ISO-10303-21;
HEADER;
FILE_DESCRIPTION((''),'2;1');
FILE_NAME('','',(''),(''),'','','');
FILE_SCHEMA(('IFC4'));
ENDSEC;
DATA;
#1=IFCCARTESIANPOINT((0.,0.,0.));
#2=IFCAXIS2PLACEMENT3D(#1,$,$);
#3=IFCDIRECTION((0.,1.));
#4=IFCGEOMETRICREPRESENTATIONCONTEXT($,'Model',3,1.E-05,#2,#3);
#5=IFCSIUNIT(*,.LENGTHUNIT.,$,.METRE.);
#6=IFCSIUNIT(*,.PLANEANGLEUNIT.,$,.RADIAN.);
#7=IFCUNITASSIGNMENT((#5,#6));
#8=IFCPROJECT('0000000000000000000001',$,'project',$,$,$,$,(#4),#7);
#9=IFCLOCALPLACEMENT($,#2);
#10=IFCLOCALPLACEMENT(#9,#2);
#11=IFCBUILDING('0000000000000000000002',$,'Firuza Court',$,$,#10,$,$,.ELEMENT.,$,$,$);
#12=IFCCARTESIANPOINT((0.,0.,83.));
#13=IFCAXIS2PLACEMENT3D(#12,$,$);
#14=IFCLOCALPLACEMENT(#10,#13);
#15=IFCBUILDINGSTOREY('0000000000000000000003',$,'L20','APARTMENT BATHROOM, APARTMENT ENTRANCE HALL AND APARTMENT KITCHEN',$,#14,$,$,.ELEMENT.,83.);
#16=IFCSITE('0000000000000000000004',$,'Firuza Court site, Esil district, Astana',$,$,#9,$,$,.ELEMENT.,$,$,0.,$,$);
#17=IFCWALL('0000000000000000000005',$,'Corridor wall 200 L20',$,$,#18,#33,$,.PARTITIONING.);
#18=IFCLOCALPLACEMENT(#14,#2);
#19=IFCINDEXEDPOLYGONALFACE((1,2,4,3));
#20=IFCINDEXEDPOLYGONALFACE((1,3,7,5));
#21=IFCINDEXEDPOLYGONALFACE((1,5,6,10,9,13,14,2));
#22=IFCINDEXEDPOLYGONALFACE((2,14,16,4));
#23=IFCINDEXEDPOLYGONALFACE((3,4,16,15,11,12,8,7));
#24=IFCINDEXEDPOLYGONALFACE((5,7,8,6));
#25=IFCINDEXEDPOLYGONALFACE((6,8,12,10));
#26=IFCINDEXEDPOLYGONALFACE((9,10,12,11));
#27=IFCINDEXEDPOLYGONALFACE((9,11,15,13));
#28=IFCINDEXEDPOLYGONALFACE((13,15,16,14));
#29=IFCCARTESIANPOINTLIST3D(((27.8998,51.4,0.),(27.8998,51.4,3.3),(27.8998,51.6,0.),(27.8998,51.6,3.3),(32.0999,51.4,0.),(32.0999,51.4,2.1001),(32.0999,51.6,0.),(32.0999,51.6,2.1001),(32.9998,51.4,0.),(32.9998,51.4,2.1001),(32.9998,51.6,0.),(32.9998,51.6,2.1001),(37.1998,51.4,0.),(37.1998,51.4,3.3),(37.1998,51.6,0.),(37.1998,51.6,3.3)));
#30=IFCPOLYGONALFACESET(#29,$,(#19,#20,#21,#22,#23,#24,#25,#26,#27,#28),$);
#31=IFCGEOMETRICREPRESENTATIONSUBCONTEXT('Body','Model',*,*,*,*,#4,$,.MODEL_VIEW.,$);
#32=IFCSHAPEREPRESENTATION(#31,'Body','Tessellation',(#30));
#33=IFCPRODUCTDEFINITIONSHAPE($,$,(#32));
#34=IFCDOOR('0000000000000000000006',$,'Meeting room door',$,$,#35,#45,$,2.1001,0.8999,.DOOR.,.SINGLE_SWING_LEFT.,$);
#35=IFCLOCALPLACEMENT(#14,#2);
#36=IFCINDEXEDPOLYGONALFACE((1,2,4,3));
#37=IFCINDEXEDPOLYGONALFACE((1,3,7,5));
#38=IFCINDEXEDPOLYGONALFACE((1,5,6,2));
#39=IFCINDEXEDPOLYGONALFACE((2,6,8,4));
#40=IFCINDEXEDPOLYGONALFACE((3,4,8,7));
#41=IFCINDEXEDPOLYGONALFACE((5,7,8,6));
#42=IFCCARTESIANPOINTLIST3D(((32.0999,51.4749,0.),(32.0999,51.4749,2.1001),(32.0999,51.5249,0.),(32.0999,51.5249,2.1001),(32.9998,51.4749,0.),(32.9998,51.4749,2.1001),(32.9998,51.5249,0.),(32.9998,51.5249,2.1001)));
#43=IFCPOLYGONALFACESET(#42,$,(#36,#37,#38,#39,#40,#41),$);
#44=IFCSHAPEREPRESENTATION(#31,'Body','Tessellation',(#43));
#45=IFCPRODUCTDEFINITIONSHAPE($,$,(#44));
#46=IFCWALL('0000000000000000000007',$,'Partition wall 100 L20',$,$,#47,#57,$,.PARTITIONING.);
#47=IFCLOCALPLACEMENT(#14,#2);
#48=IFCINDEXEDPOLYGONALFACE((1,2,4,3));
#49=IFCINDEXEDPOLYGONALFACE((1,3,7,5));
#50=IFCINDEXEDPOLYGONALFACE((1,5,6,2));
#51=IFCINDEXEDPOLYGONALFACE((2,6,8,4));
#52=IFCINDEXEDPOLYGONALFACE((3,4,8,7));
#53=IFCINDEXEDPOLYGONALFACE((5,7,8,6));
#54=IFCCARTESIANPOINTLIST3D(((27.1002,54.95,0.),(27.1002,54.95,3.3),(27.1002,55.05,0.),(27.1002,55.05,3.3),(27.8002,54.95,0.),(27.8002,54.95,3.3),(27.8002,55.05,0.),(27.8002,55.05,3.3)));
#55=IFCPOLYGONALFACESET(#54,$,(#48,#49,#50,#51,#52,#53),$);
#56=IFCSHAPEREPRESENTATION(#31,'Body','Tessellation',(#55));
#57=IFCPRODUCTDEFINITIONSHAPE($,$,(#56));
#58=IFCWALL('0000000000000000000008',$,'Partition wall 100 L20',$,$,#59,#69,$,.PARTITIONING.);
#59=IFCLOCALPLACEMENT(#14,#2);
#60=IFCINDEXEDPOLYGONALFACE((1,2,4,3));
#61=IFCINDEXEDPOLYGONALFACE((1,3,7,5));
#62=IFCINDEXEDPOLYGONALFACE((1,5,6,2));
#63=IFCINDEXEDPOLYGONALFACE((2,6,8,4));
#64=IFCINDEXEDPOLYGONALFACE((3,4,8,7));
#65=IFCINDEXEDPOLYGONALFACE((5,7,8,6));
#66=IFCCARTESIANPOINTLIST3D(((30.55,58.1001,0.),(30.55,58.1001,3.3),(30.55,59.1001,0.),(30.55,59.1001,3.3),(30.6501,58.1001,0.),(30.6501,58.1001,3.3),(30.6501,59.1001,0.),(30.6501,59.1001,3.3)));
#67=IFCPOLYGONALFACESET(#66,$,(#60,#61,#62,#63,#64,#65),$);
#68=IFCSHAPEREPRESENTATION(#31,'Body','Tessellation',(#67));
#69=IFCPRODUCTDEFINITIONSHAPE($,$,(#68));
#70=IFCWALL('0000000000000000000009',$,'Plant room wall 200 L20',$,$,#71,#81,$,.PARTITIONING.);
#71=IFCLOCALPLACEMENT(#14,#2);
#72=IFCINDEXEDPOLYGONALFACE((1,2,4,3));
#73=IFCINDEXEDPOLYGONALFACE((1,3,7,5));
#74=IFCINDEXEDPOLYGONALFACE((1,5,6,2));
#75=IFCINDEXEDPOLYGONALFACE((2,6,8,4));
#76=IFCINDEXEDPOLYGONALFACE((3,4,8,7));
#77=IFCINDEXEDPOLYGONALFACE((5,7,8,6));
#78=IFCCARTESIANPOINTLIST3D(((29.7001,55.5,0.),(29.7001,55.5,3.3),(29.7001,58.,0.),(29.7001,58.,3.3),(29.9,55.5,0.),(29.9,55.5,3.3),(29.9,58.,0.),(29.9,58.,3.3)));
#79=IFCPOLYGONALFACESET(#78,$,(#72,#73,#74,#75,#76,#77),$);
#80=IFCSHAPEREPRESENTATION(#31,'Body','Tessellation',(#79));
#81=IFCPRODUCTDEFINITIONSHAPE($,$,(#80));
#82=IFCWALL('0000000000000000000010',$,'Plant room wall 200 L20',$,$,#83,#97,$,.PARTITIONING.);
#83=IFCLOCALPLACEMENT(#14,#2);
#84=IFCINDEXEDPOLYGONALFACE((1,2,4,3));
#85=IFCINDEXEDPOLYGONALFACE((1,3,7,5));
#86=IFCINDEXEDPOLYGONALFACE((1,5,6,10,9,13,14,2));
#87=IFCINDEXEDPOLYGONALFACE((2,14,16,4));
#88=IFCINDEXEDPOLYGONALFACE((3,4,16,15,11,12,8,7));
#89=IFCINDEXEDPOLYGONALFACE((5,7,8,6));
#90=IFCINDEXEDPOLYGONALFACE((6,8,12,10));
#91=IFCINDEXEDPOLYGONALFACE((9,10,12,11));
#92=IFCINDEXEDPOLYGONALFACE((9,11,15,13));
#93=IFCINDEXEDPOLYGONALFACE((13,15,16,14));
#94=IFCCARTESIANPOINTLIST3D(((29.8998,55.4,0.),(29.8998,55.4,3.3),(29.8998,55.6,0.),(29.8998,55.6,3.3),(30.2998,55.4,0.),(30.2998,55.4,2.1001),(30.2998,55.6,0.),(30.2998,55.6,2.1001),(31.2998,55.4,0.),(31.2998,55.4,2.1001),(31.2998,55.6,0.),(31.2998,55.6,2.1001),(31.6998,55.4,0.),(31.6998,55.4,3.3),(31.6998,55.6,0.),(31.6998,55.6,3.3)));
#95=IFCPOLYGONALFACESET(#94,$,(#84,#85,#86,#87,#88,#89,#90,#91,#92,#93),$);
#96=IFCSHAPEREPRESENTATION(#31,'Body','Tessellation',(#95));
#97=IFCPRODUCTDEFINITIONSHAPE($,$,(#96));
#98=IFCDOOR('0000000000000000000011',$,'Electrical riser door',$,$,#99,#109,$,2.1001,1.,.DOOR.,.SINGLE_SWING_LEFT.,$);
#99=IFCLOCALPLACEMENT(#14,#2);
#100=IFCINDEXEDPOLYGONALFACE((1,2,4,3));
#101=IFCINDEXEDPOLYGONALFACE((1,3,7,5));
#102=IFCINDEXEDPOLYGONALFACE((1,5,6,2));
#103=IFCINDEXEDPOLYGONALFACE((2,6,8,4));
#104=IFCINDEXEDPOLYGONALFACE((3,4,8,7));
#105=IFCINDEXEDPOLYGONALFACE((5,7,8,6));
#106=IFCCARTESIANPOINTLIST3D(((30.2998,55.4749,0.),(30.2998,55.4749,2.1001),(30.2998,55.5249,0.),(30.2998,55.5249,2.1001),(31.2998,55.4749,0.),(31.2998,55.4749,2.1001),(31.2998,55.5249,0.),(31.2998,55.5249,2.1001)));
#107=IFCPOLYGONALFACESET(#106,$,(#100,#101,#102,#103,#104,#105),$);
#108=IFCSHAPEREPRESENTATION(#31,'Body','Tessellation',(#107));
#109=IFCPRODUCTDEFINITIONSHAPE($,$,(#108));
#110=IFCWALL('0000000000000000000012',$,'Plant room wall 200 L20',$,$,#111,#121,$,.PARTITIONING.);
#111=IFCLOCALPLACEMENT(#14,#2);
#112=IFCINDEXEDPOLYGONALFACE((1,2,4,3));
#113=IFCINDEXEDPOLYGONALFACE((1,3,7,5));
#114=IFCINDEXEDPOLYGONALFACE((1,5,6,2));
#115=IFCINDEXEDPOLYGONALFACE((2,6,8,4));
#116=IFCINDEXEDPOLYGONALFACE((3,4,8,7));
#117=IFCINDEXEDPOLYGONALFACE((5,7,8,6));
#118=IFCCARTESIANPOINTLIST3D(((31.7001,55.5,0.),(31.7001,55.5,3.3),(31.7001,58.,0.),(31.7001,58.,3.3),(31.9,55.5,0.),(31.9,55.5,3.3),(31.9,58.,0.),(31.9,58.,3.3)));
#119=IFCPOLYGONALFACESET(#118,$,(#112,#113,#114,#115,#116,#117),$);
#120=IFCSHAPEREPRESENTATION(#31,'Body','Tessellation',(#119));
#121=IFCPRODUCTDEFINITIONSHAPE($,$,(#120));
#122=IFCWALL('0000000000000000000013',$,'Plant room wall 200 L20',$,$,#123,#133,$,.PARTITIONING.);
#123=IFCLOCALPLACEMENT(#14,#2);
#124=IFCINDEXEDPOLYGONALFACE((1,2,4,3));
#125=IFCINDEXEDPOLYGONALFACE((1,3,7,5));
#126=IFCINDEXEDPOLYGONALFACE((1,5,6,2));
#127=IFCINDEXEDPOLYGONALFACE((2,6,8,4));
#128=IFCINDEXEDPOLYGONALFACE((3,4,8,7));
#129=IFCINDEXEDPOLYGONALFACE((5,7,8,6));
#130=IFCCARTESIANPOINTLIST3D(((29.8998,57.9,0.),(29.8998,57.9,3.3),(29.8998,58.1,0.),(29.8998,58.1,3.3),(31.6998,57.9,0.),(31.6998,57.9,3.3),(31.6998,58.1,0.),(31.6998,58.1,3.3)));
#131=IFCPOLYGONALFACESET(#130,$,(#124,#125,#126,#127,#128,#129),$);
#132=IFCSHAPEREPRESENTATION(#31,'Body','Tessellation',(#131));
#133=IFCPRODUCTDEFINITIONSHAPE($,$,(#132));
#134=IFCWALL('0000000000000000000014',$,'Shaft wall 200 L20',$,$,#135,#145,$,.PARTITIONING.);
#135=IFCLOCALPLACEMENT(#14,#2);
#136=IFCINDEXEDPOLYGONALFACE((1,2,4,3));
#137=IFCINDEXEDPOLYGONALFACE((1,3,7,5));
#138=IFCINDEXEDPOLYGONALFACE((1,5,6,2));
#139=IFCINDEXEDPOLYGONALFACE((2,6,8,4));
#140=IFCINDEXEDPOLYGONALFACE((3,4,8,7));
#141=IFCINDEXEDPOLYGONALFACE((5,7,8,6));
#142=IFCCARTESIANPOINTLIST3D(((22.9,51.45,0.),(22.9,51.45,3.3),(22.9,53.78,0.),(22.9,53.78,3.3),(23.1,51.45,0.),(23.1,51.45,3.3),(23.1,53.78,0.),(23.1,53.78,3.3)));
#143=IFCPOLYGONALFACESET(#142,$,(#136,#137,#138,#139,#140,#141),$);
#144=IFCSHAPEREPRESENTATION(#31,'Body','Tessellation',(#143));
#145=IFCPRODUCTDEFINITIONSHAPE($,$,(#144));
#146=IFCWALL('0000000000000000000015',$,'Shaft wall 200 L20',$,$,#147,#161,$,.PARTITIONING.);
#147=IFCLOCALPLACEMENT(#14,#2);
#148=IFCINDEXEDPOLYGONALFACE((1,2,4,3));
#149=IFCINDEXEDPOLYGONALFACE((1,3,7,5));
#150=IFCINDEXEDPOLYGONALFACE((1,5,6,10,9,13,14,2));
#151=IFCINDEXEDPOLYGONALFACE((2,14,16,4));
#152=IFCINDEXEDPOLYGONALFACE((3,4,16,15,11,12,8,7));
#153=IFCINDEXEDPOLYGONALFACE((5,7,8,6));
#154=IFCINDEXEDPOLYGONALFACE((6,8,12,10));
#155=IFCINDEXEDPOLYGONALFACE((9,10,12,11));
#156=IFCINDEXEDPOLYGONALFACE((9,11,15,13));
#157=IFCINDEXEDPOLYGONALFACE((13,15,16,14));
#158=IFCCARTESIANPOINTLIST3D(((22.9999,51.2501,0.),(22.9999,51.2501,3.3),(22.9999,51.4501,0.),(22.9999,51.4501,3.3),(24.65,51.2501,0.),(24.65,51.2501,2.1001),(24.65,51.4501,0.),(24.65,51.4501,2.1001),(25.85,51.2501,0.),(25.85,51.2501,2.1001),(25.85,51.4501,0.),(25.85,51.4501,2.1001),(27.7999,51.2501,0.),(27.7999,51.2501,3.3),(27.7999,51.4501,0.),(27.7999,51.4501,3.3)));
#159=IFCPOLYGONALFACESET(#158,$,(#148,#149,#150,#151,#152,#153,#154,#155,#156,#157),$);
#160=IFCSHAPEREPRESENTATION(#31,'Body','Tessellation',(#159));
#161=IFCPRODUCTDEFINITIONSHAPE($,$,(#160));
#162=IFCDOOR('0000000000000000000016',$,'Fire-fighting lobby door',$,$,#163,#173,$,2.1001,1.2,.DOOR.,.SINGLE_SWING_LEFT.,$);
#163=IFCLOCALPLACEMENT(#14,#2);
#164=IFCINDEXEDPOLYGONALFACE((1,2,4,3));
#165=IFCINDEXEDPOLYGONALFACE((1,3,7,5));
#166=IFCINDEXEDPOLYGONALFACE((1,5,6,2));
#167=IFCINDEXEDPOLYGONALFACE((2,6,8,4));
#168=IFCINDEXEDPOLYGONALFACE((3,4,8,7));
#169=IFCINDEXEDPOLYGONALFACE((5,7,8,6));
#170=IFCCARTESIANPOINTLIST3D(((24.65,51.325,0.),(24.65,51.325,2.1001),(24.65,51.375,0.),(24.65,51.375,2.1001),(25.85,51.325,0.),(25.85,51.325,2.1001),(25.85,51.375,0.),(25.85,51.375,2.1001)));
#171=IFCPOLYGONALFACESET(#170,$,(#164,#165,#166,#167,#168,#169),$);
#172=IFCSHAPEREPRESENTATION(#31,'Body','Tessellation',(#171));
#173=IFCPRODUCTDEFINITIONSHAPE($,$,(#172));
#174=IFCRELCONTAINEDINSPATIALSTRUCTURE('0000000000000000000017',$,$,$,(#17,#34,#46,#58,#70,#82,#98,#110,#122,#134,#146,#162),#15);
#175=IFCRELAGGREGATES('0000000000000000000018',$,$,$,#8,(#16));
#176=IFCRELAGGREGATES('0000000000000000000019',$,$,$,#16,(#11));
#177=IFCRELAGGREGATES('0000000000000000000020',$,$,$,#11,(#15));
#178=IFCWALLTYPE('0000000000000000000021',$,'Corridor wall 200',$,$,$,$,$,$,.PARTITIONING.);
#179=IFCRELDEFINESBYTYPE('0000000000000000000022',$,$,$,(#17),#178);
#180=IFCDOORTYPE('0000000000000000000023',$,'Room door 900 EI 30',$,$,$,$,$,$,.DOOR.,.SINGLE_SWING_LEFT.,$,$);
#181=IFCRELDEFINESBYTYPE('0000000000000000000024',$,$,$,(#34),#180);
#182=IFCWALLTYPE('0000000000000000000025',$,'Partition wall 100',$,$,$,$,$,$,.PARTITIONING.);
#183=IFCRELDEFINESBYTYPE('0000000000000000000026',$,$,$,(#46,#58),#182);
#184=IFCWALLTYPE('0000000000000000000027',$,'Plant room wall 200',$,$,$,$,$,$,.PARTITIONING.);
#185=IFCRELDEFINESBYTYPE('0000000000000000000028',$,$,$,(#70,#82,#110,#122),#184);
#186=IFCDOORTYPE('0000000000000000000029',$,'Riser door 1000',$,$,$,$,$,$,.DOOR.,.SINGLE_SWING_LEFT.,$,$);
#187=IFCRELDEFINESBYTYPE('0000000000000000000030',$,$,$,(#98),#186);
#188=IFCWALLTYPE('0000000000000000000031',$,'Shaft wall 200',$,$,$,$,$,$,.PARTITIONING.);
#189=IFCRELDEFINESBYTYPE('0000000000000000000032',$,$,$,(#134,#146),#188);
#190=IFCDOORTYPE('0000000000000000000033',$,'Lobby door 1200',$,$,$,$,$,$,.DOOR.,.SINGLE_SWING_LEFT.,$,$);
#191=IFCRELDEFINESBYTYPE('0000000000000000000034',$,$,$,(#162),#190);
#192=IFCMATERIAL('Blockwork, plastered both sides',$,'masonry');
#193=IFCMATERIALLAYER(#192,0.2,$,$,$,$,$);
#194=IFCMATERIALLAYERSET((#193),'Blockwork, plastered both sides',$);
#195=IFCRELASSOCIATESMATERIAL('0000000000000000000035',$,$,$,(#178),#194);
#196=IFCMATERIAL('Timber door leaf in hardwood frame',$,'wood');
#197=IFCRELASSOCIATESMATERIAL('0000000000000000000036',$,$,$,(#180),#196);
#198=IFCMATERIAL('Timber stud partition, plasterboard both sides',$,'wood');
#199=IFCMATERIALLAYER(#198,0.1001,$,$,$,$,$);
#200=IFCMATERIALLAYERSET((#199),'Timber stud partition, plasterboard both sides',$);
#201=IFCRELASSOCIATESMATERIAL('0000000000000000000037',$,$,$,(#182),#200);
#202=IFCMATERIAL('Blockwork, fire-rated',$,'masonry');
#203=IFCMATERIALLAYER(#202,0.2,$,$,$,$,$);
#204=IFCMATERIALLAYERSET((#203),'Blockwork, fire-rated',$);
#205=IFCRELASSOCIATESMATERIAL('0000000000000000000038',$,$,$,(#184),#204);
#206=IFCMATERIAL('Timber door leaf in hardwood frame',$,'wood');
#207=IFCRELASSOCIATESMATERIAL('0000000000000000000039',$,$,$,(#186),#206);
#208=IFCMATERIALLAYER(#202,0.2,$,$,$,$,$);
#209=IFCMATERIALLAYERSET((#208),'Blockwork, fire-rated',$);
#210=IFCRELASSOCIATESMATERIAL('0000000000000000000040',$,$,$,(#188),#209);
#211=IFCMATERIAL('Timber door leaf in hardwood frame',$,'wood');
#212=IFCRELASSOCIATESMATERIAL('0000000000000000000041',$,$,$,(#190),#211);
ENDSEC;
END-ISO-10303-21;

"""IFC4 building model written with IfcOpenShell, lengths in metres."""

from ifc_helpers import new_model, si_unit, direction, frame, frame_2d, origin, place, context, subcontext, project, spatial, rectangle, extrude, material, layer, layer_set, type_object, element, fill, save


model = new_model("IFC4")

# Units and contexts
model_context = context("Model", 3, precision=1e-05, world=origin(), true_north=direction((0.0, 1.0)))
body_context = subcontext(model_context, "Body", "Model", "MODEL_VIEW")
ifc_project = project(units=[si_unit("LENGTHUNIT", "METRE"), si_unit("PLANEANGLEUNIT", "RADIAN")], contexts=[model_context])

# Site, building, storey
site_placement = place(None, origin())
site = spatial("IfcSite", under=ifc_project, at=site_placement, Name="Firuza Court site, Esil district, Astana", CompositionType="ELEMENT", RefElevation=0.0)
building_placement = place(site_placement, origin())
building = spatial("IfcBuilding", under=site, at=building_placement, Name="Firuza Court", CompositionType="ELEMENT")
storey_placement = place(building_placement, frame((0.0, 0.0, 83.0)))
storey = spatial("IfcBuildingStorey", under=building, at=storey_placement, Name="L20", Description="APARTMENT BATHROOM, APARTMENT ENTRANCE HALL AND APARTMENT KITCHEN", CompositionType="ELEMENT", Elevation=83.0)

# Wall, opening, door
ifc_material_1 = material(Name="Blockwork, plastered both sides", Category="masonry")
ifc_layer_1 = layer(ifc_material_1, 0.2)
ifc_layer_set_1 = layer_set([ifc_layer_1], Name="Blockwork, plastered both sides")
wall_type_1 = type_object("IfcWallType", Name="Corridor wall 200", PredefinedType="PARTITIONING", material=ifc_layer_set_1)
wall_1_placement = place(storey_placement, frame((27.8999, 51.5, 0.0), z_axis=(0.0, 0.0, 1.0), x_axis=(1.0, 0.0, 0.0)))
wall_1 = element("IfcWall", 1, at=wall_1_placement, inside=storey, type_object=wall_type_1, Name="Corridor wall 200 L20", PredefinedType="PARTITIONING", context=body_context, shape_type="SweptSolid", body=[
    extrude(rectangle(XDim=9.3, YDim=0.2, at=frame_2d((4.6499, 0.0))), origin(), (0.0, 0.0, 1.0), 3.3),
])
opening_1_placement = place(wall_1_placement, frame((4.2, 0.0, 0.0)))
opening_1 = element("IfcOpeningElement", 2, at=opening_1_placement, cuts=wall_1, PredefinedType="OPENING", context=body_context, shape_type="SweptSolid", body=[
    extrude(rectangle(XDim=0.8999, YDim=2.1001, at=frame_2d((0.45, 1.05))), frame((0.0, 0.1118, 0.0), z_axis=(0.0, -1.0, 0.0), x_axis=(1.0, 0.0, 0.0)), (0.0, 0.0, 1.0), 0.2239),
])
ifc_material_2 = material(Name="Timber door leaf in hardwood frame", Category="wood")
door_type_1 = type_object("IfcDoorType", Name="Room door 900 EI 30", OperationType="SINGLE_SWING_LEFT", PredefinedType="DOOR", material=ifc_material_2)
door_1_placement = place(opening_1_placement, origin())
door_1 = element("IfcDoor", 3, at=door_1_placement, inside=storey, type_object=door_type_1, Name="Meeting room door", OperationType="SINGLE_SWING_LEFT", OverallHeight=2.1001, OverallWidth=0.8999, PredefinedType="DOOR", context=body_context, shape_type="SweptSolid", body=[
    extrude(rectangle(XDim=0.8999, YDim=2.1001, at=frame_2d((0.45, 1.05))), frame((0.0, 0.0249, 0.0), z_axis=(0.0, -1.0, 0.0), x_axis=(1.0, 0.0, 0.0)), (0.0, 0.0, 1.0), 0.05),
])
fill(opening_1, door_1)

# Walls
ifc_material_3 = material(Name="Timber stud partition, plasterboard both sides", Category="wood")
ifc_layer_2 = layer(ifc_material_3, 0.1001)
ifc_layer_set_2 = layer_set([ifc_layer_2], Name="Timber stud partition, plasterboard both sides")
wall_type_2 = type_object("IfcWallType", Name="Partition wall 100", PredefinedType="PARTITIONING", material=ifc_layer_set_2)
wall_2_placement = place(storey_placement, frame((27.1001, 55.0, 0.0), z_axis=(0.0, 0.0, 1.0), x_axis=(1.0, 0.0, 0.0)))
element("IfcWall", 4, at=wall_2_placement, inside=storey, type_object=wall_type_2, Name="Partition wall 100 L20", PredefinedType="PARTITIONING", context=body_context, shape_type="SweptSolid", body=[
    extrude(rectangle(XDim=0.7, YDim=0.1001, at=frame_2d((0.3501, 0.0))), origin(), (0.0, 0.0, 1.0), 3.3),
])
wall_3_placement = place(storey_placement, frame((30.6001, 58.1001, 0.0), z_axis=(0.0, 0.0, 1.0), x_axis=(0.0, 1.0, 0.0)))
element("IfcWall", 5, at=wall_3_placement, inside=storey, type_object=wall_type_2, Name="Partition wall 100 L20", PredefinedType="PARTITIONING", context=body_context, shape_type="SweptSolid", body=[
    extrude(rectangle(XDim=1.0, YDim=0.1001, at=frame_2d((0.5, 0.0))), origin(), (0.0, 0.0, 1.0), 3.3),
])
ifc_material_4 = material(Name="Blockwork, fire-rated", Category="masonry")
ifc_layer_3 = layer(ifc_material_4, 0.2)
ifc_layer_set_3 = layer_set([ifc_layer_3], Name="Blockwork, fire-rated")
wall_type_3 = type_object("IfcWallType", Name="Plant room wall 200", PredefinedType="PARTITIONING", material=ifc_layer_set_3)
wall_4_placement = place(storey_placement, frame((29.8, 55.5, 0.0), z_axis=(0.0, 0.0, 1.0), x_axis=(0.0, 1.0, 0.0)))
element("IfcWall", 6, at=wall_4_placement, inside=storey, type_object=wall_type_3, Name="Plant room wall 200 L20", PredefinedType="PARTITIONING", context=body_context, shape_type="SweptSolid", body=[
    extrude(rectangle(XDim=2.5, YDim=0.2, at=frame_2d((1.25, 0.0))), origin(), (0.0, 0.0, 1.0), 3.3),
])

# Wall, opening, door
wall_5_placement = place(storey_placement, frame((29.8999, 55.5, 0.0), z_axis=(0.0, 0.0, 1.0), x_axis=(1.0, 0.0, 0.0)))
wall_5 = element("IfcWall", 7, at=wall_5_placement, inside=storey, type_object=wall_type_3, Name="Plant room wall 200 L20", PredefinedType="PARTITIONING", context=body_context, shape_type="SweptSolid", body=[
    extrude(rectangle(XDim=1.8, YDim=0.2, at=frame_2d((0.8999, 0.0))), origin(), (0.0, 0.0, 1.0), 3.3),
])
opening_2_placement = place(wall_5_placement, frame((0.3999, 0.0, 0.0)))
opening_2 = element("IfcOpeningElement", 8, at=opening_2_placement, cuts=wall_5, PredefinedType="OPENING", context=body_context, shape_type="SweptSolid", body=[
    extrude(rectangle(XDim=1.0, YDim=2.1001, at=frame_2d((0.5, 1.05))), frame((0.0, 0.1118, 0.0), z_axis=(0.0, -1.0, 0.0), x_axis=(1.0, 0.0, 0.0)), (0.0, 0.0, 1.0), 0.2239),
])
ifc_material_5 = material(Name="Timber door leaf in hardwood frame", Category="wood")
door_type_2 = type_object("IfcDoorType", Name="Riser door 1000", OperationType="SINGLE_SWING_LEFT", PredefinedType="DOOR", material=ifc_material_5)
door_2_placement = place(opening_2_placement, origin())
door_2 = element("IfcDoor", 9, at=door_2_placement, inside=storey, type_object=door_type_2, Name="Electrical riser door", OperationType="SINGLE_SWING_LEFT", OverallHeight=2.1001, OverallWidth=1.0, PredefinedType="DOOR", context=body_context, shape_type="SweptSolid", body=[
    extrude(rectangle(XDim=1.0, YDim=2.1001, at=frame_2d((0.5, 1.05))), frame((0.0, 0.0249, 0.0), z_axis=(0.0, -1.0, 0.0), x_axis=(1.0, 0.0, 0.0)), (0.0, 0.0, 1.0), 0.05),
])
fill(opening_2, door_2)

# Walls
wall_6_placement = place(storey_placement, frame((31.8, 55.5, 0.0), z_axis=(0.0, 0.0, 1.0), x_axis=(0.0, 1.0, 0.0)))
element("IfcWall", 10, at=wall_6_placement, inside=storey, type_object=wall_type_3, Name="Plant room wall 200 L20", PredefinedType="PARTITIONING", context=body_context, shape_type="SweptSolid", body=[
    extrude(rectangle(XDim=2.5, YDim=0.2, at=frame_2d((1.25, 0.0))), origin(), (0.0, 0.0, 1.0), 3.3),
])
wall_7_placement = place(storey_placement, frame((29.8999, 58.0, 0.0), z_axis=(0.0, 0.0, 1.0), x_axis=(1.0, 0.0, 0.0)))
element("IfcWall", 11, at=wall_7_placement, inside=storey, type_object=wall_type_3, Name="Plant room wall 200 L20", PredefinedType="PARTITIONING", context=body_context, shape_type="SweptSolid", body=[
    extrude(rectangle(XDim=1.8, YDim=0.2, at=frame_2d((0.8999, 0.0))), origin(), (0.0, 0.0, 1.0), 3.3),
])
ifc_layer_4 = layer(ifc_material_4, 0.2)
ifc_layer_set_4 = layer_set([ifc_layer_4], Name="Blockwork, fire-rated")
wall_type_4 = type_object("IfcWallType", Name="Shaft wall 200", PredefinedType="PARTITIONING", material=ifc_layer_set_4)
wall_8_placement = place(storey_placement, frame((23.0, 51.45, 0.0), z_axis=(0.0, 0.0, 1.0), x_axis=(0.0, 1.0, 0.0)))
element("IfcWall", 12, at=wall_8_placement, inside=storey, type_object=wall_type_4, Name="Shaft wall 200 L20", PredefinedType="PARTITIONING", context=body_context, shape_type="SweptSolid", body=[
    extrude(rectangle(XDim=2.3301, YDim=0.2, at=frame_2d((1.165, 0.0))), origin(), (0.0, 0.0, 1.0), 3.3),
])

# Wall, opening, door
wall_9_placement = place(storey_placement, frame((23.0, 51.3501, 0.0), z_axis=(0.0, 0.0, 1.0), x_axis=(1.0, 0.0, 0.0)))
wall_9 = element("IfcWall", 13, at=wall_9_placement, inside=storey, type_object=wall_type_4, Name="Shaft wall 200 L20", PredefinedType="PARTITIONING", context=body_context, shape_type="SweptSolid", body=[
    extrude(rectangle(XDim=4.8, YDim=0.2, at=frame_2d((2.3999, 0.0))), origin(), (0.0, 0.0, 1.0), 3.3),
])
opening_3_placement = place(wall_9_placement, frame((1.6499, 0.0, 0.0)))
opening_3 = element("IfcOpeningElement", 14, at=opening_3_placement, cuts=wall_9, PredefinedType="OPENING", context=body_context, shape_type="SweptSolid", body=[
    extrude(rectangle(XDim=1.2, YDim=2.1001, at=frame_2d((0.6001, 1.05))), frame((0.0, 0.1118, 0.0), z_axis=(0.0, -1.0, 0.0), x_axis=(1.0, 0.0, 0.0)), (0.0, 0.0, 1.0), 0.2239),
])
ifc_material_6 = material(Name="Timber door leaf in hardwood frame", Category="wood")
door_type_3 = type_object("IfcDoorType", Name="Lobby door 1200", OperationType="SINGLE_SWING_LEFT", PredefinedType="DOOR", material=ifc_material_6)
door_3_placement = place(opening_3_placement, origin())
door_3 = element("IfcDoor", 15, at=door_3_placement, inside=storey, type_object=door_type_3, Name="Fire-fighting lobby door", OperationType="SINGLE_SWING_LEFT", OverallHeight=2.1001, OverallWidth=1.2, PredefinedType="DOOR", context=body_context, shape_type="SweptSolid", body=[
    extrude(rectangle(XDim=1.2, YDim=2.1001, at=frame_2d((0.6001, 1.05))), frame((0.0, 0.0249, 0.0), z_axis=(0.0, -1.0, 0.0), x_axis=(1.0, 0.0, 0.0)), (0.0, 0.0, 1.0), 0.05),
])
fill(opening_3, door_3)

save(model, "model.ifc")
